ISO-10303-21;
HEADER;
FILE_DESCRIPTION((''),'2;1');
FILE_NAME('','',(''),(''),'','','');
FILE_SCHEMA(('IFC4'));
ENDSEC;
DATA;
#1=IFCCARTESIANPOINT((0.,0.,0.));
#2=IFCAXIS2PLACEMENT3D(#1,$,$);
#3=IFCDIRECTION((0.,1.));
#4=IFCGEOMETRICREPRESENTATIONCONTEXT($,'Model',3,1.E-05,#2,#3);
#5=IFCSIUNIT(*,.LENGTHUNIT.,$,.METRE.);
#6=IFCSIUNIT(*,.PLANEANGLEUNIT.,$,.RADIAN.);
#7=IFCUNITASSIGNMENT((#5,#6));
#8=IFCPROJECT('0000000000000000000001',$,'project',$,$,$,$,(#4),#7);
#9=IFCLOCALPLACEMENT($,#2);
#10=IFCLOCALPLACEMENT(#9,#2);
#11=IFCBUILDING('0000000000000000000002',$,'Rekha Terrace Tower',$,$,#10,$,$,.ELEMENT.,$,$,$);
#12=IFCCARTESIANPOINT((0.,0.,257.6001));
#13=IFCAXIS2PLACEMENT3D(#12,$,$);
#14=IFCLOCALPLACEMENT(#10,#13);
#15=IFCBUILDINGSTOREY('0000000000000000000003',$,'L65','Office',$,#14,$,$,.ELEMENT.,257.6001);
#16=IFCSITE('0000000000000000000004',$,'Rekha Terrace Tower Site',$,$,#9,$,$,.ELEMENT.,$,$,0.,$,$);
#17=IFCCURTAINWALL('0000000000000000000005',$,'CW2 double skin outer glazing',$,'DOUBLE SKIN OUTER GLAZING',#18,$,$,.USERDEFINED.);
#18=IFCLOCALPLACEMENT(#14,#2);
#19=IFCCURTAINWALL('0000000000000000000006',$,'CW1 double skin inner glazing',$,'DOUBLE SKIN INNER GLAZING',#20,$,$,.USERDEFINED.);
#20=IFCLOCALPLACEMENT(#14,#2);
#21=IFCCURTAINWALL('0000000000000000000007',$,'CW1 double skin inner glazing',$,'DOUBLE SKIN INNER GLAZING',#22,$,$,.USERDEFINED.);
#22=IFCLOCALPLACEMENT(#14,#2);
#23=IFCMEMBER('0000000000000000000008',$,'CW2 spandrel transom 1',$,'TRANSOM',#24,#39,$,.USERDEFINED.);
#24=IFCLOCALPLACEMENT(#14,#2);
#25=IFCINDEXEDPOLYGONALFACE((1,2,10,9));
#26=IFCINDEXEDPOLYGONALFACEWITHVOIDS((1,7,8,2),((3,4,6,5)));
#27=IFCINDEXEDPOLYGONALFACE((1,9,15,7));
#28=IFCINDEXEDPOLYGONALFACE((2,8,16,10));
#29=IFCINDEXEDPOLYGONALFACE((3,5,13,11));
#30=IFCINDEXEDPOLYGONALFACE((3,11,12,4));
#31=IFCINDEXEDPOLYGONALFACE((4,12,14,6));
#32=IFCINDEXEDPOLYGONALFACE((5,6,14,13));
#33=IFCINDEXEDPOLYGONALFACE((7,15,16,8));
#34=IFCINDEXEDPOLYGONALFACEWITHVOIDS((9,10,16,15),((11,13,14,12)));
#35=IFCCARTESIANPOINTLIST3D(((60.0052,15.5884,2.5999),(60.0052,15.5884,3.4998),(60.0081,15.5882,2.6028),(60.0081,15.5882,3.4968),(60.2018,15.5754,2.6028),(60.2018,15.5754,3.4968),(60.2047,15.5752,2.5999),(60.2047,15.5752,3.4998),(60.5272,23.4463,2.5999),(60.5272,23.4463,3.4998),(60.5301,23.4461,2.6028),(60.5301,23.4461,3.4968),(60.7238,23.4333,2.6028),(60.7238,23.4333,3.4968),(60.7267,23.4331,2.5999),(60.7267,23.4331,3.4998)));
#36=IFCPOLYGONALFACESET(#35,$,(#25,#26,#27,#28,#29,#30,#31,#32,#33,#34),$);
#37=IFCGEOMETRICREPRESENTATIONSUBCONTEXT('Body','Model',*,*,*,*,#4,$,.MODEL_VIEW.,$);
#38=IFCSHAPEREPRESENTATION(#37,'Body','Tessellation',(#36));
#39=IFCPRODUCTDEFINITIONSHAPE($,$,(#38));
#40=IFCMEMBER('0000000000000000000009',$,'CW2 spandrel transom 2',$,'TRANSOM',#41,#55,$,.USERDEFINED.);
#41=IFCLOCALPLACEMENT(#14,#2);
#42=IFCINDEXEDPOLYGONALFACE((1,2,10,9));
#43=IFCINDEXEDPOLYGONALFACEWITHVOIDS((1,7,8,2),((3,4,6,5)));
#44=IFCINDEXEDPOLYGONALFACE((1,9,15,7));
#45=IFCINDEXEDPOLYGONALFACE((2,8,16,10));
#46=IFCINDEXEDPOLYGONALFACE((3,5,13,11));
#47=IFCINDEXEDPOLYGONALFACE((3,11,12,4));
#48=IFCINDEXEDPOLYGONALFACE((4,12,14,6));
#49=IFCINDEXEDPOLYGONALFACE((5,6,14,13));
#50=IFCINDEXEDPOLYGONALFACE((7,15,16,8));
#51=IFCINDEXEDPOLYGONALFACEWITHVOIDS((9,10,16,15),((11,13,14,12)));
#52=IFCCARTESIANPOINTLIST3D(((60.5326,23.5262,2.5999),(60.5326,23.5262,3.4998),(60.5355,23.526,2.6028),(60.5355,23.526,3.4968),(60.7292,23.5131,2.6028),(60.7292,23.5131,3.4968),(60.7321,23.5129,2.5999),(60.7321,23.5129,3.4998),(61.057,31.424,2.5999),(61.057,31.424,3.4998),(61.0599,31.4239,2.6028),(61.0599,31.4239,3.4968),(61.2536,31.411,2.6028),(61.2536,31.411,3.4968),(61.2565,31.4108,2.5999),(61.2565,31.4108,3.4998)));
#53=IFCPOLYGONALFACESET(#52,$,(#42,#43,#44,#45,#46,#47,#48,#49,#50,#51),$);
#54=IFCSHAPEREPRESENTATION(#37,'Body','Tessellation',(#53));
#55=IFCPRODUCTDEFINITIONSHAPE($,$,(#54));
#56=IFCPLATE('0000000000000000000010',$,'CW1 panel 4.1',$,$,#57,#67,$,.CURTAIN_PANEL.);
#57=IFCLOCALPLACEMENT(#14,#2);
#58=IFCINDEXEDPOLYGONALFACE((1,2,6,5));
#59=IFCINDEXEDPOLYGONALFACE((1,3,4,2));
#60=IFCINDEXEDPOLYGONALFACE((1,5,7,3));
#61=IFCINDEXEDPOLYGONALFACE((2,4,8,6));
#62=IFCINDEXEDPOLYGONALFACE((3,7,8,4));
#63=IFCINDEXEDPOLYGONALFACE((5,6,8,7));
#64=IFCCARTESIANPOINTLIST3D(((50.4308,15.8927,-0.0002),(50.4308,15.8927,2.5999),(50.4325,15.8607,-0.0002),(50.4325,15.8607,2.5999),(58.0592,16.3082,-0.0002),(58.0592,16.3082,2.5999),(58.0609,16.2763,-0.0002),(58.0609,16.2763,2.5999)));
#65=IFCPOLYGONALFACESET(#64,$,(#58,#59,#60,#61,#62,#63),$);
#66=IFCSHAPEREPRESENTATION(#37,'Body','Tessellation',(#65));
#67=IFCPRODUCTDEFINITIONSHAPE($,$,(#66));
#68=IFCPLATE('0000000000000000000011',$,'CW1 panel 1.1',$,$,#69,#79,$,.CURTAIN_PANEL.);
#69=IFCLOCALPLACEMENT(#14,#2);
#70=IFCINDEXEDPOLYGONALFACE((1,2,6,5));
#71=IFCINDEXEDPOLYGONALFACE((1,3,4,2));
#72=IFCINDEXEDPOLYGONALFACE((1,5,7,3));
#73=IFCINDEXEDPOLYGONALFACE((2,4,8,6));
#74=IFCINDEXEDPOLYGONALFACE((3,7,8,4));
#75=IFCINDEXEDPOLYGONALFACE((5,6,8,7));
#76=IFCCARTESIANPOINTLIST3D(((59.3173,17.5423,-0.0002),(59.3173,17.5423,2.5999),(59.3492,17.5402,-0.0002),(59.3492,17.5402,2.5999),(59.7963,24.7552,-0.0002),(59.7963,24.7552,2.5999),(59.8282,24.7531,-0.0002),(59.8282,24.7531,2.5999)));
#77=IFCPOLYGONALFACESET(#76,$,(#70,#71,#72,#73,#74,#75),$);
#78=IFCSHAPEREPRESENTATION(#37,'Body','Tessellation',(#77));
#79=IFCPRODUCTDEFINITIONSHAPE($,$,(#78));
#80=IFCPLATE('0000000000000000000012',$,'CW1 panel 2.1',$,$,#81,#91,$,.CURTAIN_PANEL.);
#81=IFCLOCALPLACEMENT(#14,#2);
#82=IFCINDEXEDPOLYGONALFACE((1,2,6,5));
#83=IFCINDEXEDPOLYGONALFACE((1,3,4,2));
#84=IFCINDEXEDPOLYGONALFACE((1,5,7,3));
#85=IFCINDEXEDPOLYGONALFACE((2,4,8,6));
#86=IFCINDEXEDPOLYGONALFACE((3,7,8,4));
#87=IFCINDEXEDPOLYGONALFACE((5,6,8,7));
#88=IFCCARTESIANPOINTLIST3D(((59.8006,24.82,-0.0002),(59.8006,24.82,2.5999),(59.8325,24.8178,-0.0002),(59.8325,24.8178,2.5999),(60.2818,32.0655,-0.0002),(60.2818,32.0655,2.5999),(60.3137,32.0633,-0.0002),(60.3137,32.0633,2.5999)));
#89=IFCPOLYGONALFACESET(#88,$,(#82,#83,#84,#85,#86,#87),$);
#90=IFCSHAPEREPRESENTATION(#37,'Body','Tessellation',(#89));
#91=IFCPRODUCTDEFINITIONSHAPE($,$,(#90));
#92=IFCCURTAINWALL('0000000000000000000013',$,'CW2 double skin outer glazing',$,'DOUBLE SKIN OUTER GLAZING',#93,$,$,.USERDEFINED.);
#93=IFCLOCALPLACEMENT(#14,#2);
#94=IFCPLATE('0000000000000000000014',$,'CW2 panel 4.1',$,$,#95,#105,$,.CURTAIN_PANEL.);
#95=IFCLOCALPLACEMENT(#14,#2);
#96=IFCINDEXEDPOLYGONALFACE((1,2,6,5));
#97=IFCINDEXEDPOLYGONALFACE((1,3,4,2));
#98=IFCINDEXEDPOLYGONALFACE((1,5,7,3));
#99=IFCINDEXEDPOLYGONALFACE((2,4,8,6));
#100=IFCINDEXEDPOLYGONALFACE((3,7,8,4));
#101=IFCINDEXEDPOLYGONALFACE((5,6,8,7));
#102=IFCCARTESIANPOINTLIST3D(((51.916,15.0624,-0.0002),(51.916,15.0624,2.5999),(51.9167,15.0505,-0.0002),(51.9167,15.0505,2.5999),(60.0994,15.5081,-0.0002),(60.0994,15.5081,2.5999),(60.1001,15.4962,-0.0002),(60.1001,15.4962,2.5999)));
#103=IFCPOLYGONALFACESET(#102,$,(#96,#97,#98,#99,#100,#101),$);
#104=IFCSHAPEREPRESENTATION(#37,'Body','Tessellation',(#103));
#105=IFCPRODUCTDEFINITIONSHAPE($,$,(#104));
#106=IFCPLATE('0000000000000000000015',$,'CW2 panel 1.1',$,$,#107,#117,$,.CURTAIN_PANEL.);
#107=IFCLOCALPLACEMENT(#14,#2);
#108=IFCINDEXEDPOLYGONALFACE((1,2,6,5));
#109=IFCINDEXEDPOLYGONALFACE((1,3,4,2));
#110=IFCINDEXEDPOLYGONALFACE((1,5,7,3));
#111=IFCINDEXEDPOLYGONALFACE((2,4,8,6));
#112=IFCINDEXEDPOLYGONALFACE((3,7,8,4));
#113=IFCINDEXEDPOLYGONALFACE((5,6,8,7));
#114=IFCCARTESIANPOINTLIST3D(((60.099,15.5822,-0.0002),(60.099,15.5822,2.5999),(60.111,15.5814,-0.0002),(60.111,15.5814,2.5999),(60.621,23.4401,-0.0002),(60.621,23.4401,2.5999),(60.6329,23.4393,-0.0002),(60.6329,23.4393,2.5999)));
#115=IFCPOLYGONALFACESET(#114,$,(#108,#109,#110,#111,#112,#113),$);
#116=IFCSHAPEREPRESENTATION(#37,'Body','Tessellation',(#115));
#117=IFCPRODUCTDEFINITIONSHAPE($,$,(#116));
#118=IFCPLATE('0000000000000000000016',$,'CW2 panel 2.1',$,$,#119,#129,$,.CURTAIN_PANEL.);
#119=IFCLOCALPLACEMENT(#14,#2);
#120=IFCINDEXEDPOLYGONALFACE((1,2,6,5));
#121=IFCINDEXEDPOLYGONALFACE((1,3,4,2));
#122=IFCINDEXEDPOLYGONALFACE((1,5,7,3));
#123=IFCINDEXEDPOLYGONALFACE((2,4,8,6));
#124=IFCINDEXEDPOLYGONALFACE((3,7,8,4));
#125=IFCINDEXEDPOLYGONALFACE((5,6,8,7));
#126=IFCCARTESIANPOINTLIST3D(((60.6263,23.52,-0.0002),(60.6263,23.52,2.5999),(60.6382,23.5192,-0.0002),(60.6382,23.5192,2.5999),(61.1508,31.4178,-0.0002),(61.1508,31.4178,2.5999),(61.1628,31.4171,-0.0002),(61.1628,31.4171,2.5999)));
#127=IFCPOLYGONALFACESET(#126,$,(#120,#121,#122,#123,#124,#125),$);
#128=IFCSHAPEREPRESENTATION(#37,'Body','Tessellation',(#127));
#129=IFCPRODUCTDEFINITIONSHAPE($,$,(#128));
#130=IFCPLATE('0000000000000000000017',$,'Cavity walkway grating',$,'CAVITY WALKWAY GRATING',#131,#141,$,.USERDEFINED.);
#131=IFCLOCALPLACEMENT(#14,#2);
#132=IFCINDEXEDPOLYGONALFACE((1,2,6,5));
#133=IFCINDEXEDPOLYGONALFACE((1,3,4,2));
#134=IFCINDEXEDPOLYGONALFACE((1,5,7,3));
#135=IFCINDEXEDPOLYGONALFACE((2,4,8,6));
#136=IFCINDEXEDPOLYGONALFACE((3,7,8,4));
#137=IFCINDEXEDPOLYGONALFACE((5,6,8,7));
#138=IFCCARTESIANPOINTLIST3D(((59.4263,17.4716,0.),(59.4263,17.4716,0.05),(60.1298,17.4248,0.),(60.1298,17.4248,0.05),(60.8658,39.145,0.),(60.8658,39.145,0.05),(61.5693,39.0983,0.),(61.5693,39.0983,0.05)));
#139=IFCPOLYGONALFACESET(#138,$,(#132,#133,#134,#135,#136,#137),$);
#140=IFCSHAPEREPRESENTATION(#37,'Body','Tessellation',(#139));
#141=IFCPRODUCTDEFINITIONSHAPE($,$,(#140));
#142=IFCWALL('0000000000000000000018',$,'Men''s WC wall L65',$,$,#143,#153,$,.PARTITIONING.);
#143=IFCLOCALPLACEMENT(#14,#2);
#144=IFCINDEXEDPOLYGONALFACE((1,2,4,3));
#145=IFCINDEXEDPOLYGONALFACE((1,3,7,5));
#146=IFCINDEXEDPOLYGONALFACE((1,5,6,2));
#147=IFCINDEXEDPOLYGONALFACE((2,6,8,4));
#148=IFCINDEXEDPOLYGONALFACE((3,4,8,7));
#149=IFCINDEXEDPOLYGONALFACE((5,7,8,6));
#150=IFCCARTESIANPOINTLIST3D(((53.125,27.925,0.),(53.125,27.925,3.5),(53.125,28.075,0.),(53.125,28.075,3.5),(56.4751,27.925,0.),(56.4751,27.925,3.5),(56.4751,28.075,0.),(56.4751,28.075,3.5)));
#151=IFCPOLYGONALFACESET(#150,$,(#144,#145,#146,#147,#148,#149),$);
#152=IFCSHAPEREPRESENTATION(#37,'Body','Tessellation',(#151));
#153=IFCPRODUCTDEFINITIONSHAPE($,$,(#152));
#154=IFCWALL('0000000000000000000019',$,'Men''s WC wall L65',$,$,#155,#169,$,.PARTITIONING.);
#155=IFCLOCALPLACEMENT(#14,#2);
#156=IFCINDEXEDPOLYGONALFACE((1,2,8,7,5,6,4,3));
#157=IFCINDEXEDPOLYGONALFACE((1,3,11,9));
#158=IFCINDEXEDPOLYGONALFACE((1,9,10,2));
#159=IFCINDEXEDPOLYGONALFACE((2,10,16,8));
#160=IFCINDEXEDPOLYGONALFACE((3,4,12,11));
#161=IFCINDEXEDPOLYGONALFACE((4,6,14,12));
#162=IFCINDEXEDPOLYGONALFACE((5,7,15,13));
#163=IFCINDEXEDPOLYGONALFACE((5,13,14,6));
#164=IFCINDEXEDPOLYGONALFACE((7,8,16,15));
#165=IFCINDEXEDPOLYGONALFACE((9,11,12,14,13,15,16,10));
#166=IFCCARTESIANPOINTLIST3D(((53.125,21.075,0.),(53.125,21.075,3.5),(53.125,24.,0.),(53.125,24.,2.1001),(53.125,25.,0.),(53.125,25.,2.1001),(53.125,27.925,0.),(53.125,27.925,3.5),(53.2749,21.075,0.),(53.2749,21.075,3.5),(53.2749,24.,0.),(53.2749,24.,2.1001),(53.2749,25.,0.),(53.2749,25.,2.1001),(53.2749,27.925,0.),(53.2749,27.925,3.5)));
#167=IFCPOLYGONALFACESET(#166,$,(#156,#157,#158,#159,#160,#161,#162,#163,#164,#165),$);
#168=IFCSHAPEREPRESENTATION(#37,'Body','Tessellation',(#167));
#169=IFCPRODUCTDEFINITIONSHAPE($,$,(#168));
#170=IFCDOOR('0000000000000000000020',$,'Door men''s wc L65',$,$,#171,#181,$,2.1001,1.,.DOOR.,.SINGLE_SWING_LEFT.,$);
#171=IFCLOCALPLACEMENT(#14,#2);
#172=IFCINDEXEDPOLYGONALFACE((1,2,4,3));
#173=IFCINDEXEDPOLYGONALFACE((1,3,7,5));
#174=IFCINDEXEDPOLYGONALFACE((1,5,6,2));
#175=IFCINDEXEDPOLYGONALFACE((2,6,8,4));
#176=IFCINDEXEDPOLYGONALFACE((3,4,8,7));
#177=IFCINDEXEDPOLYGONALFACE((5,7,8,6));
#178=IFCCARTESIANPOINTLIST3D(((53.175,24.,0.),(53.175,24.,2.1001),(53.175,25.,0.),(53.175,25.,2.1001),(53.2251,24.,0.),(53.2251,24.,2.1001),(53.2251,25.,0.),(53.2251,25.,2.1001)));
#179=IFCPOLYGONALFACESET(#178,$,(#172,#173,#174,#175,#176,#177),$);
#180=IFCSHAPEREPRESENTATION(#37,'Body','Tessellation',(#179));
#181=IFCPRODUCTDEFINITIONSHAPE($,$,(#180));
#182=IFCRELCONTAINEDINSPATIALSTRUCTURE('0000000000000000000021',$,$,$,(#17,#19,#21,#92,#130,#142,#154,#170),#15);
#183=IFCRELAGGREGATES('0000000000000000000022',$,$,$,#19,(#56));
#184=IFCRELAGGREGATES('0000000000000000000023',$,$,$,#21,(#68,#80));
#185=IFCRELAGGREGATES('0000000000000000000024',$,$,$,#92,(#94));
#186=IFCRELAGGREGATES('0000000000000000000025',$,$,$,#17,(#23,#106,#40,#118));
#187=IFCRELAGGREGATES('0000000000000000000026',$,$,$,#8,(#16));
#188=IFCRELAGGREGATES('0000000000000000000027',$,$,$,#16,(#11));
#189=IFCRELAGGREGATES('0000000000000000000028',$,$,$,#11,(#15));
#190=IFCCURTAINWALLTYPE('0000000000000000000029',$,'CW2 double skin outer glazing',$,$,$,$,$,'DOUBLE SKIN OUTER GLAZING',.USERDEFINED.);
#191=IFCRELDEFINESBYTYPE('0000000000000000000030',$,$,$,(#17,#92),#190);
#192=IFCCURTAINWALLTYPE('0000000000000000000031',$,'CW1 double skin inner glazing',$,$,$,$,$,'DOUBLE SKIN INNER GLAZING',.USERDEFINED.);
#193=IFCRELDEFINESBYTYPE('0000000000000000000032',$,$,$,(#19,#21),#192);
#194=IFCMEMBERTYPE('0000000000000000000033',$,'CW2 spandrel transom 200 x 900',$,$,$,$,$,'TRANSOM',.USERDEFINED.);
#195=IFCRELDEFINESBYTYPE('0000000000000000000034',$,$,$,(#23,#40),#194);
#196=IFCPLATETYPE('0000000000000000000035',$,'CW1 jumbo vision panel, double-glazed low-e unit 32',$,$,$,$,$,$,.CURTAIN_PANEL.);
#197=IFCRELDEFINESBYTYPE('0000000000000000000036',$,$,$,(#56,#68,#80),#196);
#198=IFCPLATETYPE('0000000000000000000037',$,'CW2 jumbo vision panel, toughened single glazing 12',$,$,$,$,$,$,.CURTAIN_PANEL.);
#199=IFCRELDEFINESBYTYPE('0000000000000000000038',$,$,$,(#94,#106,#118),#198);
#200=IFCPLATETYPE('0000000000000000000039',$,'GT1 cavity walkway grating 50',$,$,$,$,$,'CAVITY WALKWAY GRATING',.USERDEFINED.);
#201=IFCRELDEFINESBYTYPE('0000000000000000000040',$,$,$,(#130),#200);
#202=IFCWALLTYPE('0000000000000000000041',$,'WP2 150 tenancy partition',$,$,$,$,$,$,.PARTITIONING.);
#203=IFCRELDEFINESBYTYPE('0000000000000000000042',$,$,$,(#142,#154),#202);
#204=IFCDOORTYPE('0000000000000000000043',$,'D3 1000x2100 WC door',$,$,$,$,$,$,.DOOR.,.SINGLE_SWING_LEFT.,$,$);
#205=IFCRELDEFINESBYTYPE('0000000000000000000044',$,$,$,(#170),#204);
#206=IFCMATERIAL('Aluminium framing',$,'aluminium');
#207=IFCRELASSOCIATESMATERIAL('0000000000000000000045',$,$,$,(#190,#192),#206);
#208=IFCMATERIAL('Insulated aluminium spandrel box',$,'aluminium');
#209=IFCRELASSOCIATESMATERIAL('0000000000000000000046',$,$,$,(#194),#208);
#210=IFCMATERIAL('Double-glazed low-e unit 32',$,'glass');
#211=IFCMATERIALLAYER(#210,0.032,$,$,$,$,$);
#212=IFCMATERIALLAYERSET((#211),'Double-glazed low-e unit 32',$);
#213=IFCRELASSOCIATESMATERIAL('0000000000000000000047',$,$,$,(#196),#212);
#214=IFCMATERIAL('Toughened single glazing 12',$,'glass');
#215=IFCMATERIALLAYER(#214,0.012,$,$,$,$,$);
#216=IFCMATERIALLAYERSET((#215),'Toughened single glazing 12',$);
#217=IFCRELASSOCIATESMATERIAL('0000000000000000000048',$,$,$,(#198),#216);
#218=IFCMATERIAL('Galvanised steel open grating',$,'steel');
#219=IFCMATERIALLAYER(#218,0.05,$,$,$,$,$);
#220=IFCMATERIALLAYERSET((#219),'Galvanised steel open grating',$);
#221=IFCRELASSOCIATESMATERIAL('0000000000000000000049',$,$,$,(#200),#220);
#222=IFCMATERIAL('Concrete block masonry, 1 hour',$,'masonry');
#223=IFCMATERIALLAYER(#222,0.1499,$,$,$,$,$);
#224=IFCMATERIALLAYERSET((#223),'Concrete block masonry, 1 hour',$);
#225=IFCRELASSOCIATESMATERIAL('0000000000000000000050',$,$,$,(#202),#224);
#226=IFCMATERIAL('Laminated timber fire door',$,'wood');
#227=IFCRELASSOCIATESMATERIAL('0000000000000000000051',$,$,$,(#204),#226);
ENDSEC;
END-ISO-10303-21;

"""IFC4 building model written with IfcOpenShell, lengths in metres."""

from ifc_helpers import new_model, si_unit, direction, frame, frame_2d, origin, origin_2d, place, context, subcontext, project, spatial, rectangle, hollow_rectangle, extrude, material, layer, layer_set, material_profile, profile_set, type_object, element, fill, aggregate, save


model = new_model("IFC4")

# Units and contexts
model_context = context("Model", 3, precision=1e-05, world=origin(), true_north=direction((0.0, 1.0)))
body_context = subcontext(model_context, "Body", "Model", "MODEL_VIEW")
ifc_project = project(units=[si_unit("LENGTHUNIT", "METRE"), si_unit("PLANEANGLEUNIT", "RADIAN")], contexts=[model_context])

# Site, building, storey
site_placement = place(None, origin())
site = spatial("IfcSite", under=ifc_project, at=site_placement, Name="Rekha Terrace Tower Site", CompositionType="ELEMENT", RefElevation=0.0)
building_placement = place(site_placement, origin())
building = spatial("IfcBuilding", under=site, at=building_placement, Name="Rekha Terrace Tower", CompositionType="ELEMENT")
storey_placement = place(building_placement, frame((0.0, 0.0, 257.6001)))
storey = spatial("IfcBuildingStorey", under=building, at=storey_placement, Name="L65", Description="Office", CompositionType="ELEMENT", Elevation=257.6001)

# Curtain walls
ifc_material_1 = material(Name="Aluminium framing", Category="aluminium")
curtain_wall_type_1 = type_object("IfcCurtainWallType", Name="CW2 double skin outer glazing", ElementType="DOUBLE SKIN OUTER GLAZING", PredefinedType="USERDEFINED", material=ifc_material_1)
curtain_wall_1_placement = place(storey_placement, origin())
curtain_wall_1 = element("IfcCurtainWall", 1, at=curtain_wall_1_placement, inside=storey, type_object=curtain_wall_type_1, Name="CW2 double skin outer glazing", ObjectType="DOUBLE SKIN OUTER GLAZING", PredefinedType="USERDEFINED")
curtain_wall_type_2 = type_object("IfcCurtainWallType", Name="CW1 double skin inner glazing", ElementType="DOUBLE SKIN INNER GLAZING", PredefinedType="USERDEFINED", material=ifc_material_1)
curtain_wall_2_placement = place(storey_placement, origin())
curtain_wall_2 = element("IfcCurtainWall", 2, at=curtain_wall_2_placement, inside=storey, type_object=curtain_wall_type_2, Name="CW1 double skin inner glazing", ObjectType="DOUBLE SKIN INNER GLAZING", PredefinedType="USERDEFINED")

# Curtain wall
curtain_wall_3_placement = place(storey_placement, origin())
curtain_wall_3 = element("IfcCurtainWall", 3, at=curtain_wall_3_placement, inside=storey, type_object=curtain_wall_type_2, Name="CW1 double skin inner glazing", ObjectType="DOUBLE SKIN INNER GLAZING", PredefinedType="USERDEFINED")
ifc_material_2 = material(Name="Insulated aluminium spandrel box", Category="aluminium")

# Members
ifc_material_profile_1 = material_profile(ifc_material_2, hollow_rectangle(XDim=0.2, YDim=0.8999, WallThickness=0.0029, at=origin_2d()), Name="AL SPANDREL BOX 200x900")
ifc_profile_set_1 = profile_set([ifc_material_profile_1], Name="Insulated aluminium spandrel box")
member_type_1 = type_object("IfcMemberType", Name="CW2 spandrel transom 200 x 900", ElementType="TRANSOM", PredefinedType="USERDEFINED", material=ifc_profile_set_1)
member_1_placement = place(storey_placement, frame((60.105, 15.5818, 3.0498), z_axis=(0.06628, 0.997801, 0.0), x_axis=(-0.997801, 0.06628, 0.0)))
member_1 = element("IfcMember", 4, at=member_1_placement, type_object=member_type_1, Name="CW2 spandrel transom 1", ObjectType="TRANSOM", PredefinedType="USERDEFINED", context=body_context, shape_type="SweptSolid", body=[
    extrude(hollow_rectangle(XDim=0.2, YDim=0.8999, WallThickness=0.0029, at=origin_2d()), origin(), (0.0, 0.0, 1.0), 7.8752),
])
member_2_placement = place(storey_placement, frame((60.6323, 23.5195, 3.0498), z_axis=(0.066253, 0.997803, 0.0), x_axis=(-0.997803, 0.066253, 0.0)))
member_2 = element("IfcMember", 5, at=member_2_placement, type_object=member_type_1, Name="CW2 spandrel transom 2", ObjectType="TRANSOM", PredefinedType="USERDEFINED", context=body_context, shape_type="SweptSolid", body=[
    extrude(hollow_rectangle(XDim=0.2, YDim=0.8999, WallThickness=0.0029, at=origin_2d()), origin(), (0.0, 0.0, 1.0), 7.9153),
])

# Plates
ifc_material_3 = material(Name="Double-glazed low-e unit 32", Category="glass")
ifc_layer_1 = layer(ifc_material_3, 0.032)
ifc_layer_set_1 = layer_set([ifc_layer_1], Name="Double-glazed low-e unit 32")
plate_type_1 = type_object("IfcPlateType", Name="CW1 jumbo vision panel, double-glazed low-e unit 32", PredefinedType="CURTAIN_PANEL", material=ifc_layer_set_1)
plate_1_placement = place(storey_placement, frame((54.2458, 16.0845, -0.0002), z_axis=(0.0, 0.0, 1.0), x_axis=(0.99852, 0.054389, 0.0)))
plate_1 = element("IfcPlate", 6, at=plate_1_placement, type_object=plate_type_1, Name="CW1 panel 4.1", PredefinedType="CURTAIN_PANEL", context=body_context, shape_type="SweptSolid", body=[
    extrude(rectangle(XDim=7.6396, YDim=0.032, at=origin_2d()), origin(), (0.0, 0.0, 1.0), 2.6001),
])
aggregate(curtain_wall_2, [plate_1])
plate_2_placement = place(storey_placement, frame((59.5728, 21.1477, -0.0002), z_axis=(0.0, 0.0, 1.0), x_axis=(0.066272, 0.997802, 0.0)))
plate_2 = element("IfcPlate", 7, at=plate_2_placement, type_object=plate_type_1, Name="CW1 panel 1.1", PredefinedType="CURTAIN_PANEL", context=body_context, shape_type="SweptSolid", body=[
    extrude(rectangle(XDim=7.2288, YDim=0.032, at=origin_2d()), origin(), (0.0, 0.0, 1.0), 2.6001),
])
plate_3_placement = place(storey_placement, frame((60.0571, 28.4417, -0.0002), z_axis=(0.0, 0.0, 1.0), x_axis=(0.066272, 0.997802, 0.0)))
plate_3 = element("IfcPlate", 8, at=plate_3_placement, type_object=plate_type_1, Name="CW1 panel 2.1", PredefinedType="CURTAIN_PANEL", context=body_context, shape_type="SweptSolid", body=[
    extrude(rectangle(XDim=7.2615, YDim=0.032, at=origin_2d()), origin(), (0.0, 0.0, 1.0), 2.6001),
])
aggregate(curtain_wall_3, [plate_2, plate_3])

# Curtain wall, plate
curtain_wall_4_placement = place(storey_placement, origin())
curtain_wall_4 = element("IfcCurtainWall", 9, at=curtain_wall_4_placement, inside=storey, type_object=curtain_wall_type_1, Name="CW2 double skin outer glazing", ObjectType="DOUBLE SKIN OUTER GLAZING", PredefinedType="USERDEFINED")
ifc_material_4 = material(Name="Toughened single glazing 12", Category="glass")
ifc_layer_2 = layer(ifc_material_4, 0.012)
ifc_layer_set_2 = layer_set([ifc_layer_2], Name="Toughened single glazing 12")
plate_type_2 = type_object("IfcPlateType", Name="CW2 jumbo vision panel, toughened single glazing 12", PredefinedType="CURTAIN_PANEL", material=ifc_layer_set_2)
plate_4_placement = place(storey_placement, frame((56.0081, 15.2793, -0.0002), z_axis=(0.0, 0.0, 1.0), x_axis=(0.99852, 0.054389, 0.0)))
plate_4 = element("IfcPlate", 10, at=plate_4_placement, type_object=plate_type_2, Name="CW2 panel 4.1", PredefinedType="CURTAIN_PANEL", context=body_context, shape_type="SweptSolid", body=[
    extrude(rectangle(XDim=8.1956, YDim=0.012, at=origin_2d()), origin(), (0.0, 0.0, 1.0), 2.6001),
])
aggregate(curtain_wall_4, [plate_4])

# Plates
plate_5_placement = place(storey_placement, frame((60.366, 19.5107, -0.0002), z_axis=(0.0, 0.0, 1.0), x_axis=(0.066272, 0.997802, 0.0)))
plate_5 = element("IfcPlate", 11, at=plate_5_placement, type_object=plate_type_2, Name="CW2 panel 1.1", PredefinedType="CURTAIN_PANEL", context=body_context, shape_type="SweptSolid", body=[
    extrude(rectangle(XDim=7.8752, YDim=0.012, at=origin_2d()), origin(), (0.0, 0.0, 1.0), 2.6001),
])
plate_6_placement = place(storey_placement, frame((60.8945, 27.4685, -0.0002), z_axis=(0.0, 0.0, 1.0), x_axis=(0.066272, 0.997802, 0.0)))
plate_6 = element("IfcPlate", 12, at=plate_6_placement, type_object=plate_type_2, Name="CW2 panel 2.1", PredefinedType="CURTAIN_PANEL", context=body_context, shape_type="SweptSolid", body=[
    extrude(rectangle(XDim=7.9153, YDim=0.012, at=origin_2d()), origin(), (0.0, 0.0, 1.0), 2.6001),
])
aggregate(curtain_wall_1, [member_1, plate_5, member_2, plate_6])
ifc_material_5 = material(Name="Galvanised steel open grating", Category="steel")
ifc_layer_3 = layer(ifc_material_5, 0.05)
ifc_layer_set_3 = layer_set([ifc_layer_3], Name="Galvanised steel open grating")
plate_type_3 = type_object("IfcPlateType", Name="GT1 cavity walkway grating 50", ElementType="CAVITY WALKWAY GRATING", PredefinedType="USERDEFINED", material=ifc_layer_set_3)
plate_7_placement = place(storey_placement, frame((60.4978, 28.2849, 0.0), z_axis=(0.0, 0.0, 1.0), x_axis=(0.066272, 0.997802, 0.0)))
element("IfcPlate", 13, at=plate_7_placement, inside=storey, type_object=plate_type_3, Name="Cavity walkway grating", ObjectType="CAVITY WALKWAY GRATING", PredefinedType="USERDEFINED", context=body_context, shape_type="SweptSolid", body=[
    extrude(rectangle(XDim=21.7212, YDim=0.7051, at=origin_2d()), origin(), (0.0, 0.0, 1.0), 0.05),
])

# Wall
ifc_material_6 = material(Name="Concrete block masonry, 1 hour", Category="masonry")
ifc_layer_4 = layer(ifc_material_6, 0.1499)
ifc_layer_set_4 = layer_set([ifc_layer_4], Name="Concrete block masonry, 1 hour")
wall_type_1 = type_object("IfcWallType", Name="WP2 150 tenancy partition", PredefinedType="PARTITIONING", material=ifc_layer_set_4)
wall_1_placement = place(storey_placement, frame((53.125, 28.0, 0.0), z_axis=(0.0, 0.0, 1.0), x_axis=(1.0, 0.0, 0.0)))
element("IfcWall", 14, at=wall_1_placement, inside=storey, type_object=wall_type_1, Name="Men's WC wall L65", PredefinedType="PARTITIONING", context=body_context, shape_type="SweptSolid", body=[
    extrude(rectangle(XDim=3.3501, YDim=0.1499, at=frame_2d((1.675, 0.0))), origin(), (0.0, 0.0, 1.0), 3.5),
])

# Wall, opening, door
wall_2_placement = place(storey_placement, frame((53.2, 21.075, 0.0), z_axis=(0.0, 0.0, 1.0), x_axis=(0.0, 1.0, 0.0)))
wall_2 = element("IfcWall", 15, at=wall_2_placement, inside=storey, type_object=wall_type_1, Name="Men's WC wall L65", PredefinedType="PARTITIONING", context=body_context, shape_type="SweptSolid", body=[
    extrude(rectangle(XDim=6.8501, YDim=0.1499, at=frame_2d((3.425, 0.0))), origin(), (0.0, 0.0, 1.0), 3.5),
])
opening_placement = place(wall_2_placement, frame((2.925, 0.0, 0.0)))
opening = element("IfcOpeningElement", 16, at=opening_placement, cuts=wall_2, PredefinedType="OPENING", context=body_context, shape_type="SweptSolid", body=[
    extrude(rectangle(XDim=1.0, YDim=2.1001, at=frame_2d((0.5, 1.05))), frame((0.0, 0.085, 0.0), z_axis=(0.0, -1.0, 0.0), x_axis=(1.0, 0.0, 0.0)), (0.0, 0.0, 1.0), 0.1699),
])
ifc_material_7 = material(Name="Laminated timber fire door", Category="wood")
door_type = type_object("IfcDoorType", Name="D3 1000x2100 WC door", OperationType="SINGLE_SWING_LEFT", PredefinedType="DOOR", material=ifc_material_7)
door_placement = place(opening_placement, origin())
door = element("IfcDoor", 17, at=door_placement, inside=storey, type_object=door_type, Name="Door men's wc L65", OperationType="SINGLE_SWING_LEFT", OverallHeight=2.1001, OverallWidth=1.0, PredefinedType="DOOR", context=body_context, shape_type="SweptSolid", body=[
    extrude(rectangle(XDim=1.0, YDim=2.1001, at=frame_2d((0.5, 1.05))), frame((0.0, 0.0249, 0.0), z_axis=(0.0, -1.0, 0.0), x_axis=(1.0, 0.0, 0.0)), (0.0, 0.0, 1.0), 0.05),
])
fill(opening, door)

save(model, "model.ifc")
